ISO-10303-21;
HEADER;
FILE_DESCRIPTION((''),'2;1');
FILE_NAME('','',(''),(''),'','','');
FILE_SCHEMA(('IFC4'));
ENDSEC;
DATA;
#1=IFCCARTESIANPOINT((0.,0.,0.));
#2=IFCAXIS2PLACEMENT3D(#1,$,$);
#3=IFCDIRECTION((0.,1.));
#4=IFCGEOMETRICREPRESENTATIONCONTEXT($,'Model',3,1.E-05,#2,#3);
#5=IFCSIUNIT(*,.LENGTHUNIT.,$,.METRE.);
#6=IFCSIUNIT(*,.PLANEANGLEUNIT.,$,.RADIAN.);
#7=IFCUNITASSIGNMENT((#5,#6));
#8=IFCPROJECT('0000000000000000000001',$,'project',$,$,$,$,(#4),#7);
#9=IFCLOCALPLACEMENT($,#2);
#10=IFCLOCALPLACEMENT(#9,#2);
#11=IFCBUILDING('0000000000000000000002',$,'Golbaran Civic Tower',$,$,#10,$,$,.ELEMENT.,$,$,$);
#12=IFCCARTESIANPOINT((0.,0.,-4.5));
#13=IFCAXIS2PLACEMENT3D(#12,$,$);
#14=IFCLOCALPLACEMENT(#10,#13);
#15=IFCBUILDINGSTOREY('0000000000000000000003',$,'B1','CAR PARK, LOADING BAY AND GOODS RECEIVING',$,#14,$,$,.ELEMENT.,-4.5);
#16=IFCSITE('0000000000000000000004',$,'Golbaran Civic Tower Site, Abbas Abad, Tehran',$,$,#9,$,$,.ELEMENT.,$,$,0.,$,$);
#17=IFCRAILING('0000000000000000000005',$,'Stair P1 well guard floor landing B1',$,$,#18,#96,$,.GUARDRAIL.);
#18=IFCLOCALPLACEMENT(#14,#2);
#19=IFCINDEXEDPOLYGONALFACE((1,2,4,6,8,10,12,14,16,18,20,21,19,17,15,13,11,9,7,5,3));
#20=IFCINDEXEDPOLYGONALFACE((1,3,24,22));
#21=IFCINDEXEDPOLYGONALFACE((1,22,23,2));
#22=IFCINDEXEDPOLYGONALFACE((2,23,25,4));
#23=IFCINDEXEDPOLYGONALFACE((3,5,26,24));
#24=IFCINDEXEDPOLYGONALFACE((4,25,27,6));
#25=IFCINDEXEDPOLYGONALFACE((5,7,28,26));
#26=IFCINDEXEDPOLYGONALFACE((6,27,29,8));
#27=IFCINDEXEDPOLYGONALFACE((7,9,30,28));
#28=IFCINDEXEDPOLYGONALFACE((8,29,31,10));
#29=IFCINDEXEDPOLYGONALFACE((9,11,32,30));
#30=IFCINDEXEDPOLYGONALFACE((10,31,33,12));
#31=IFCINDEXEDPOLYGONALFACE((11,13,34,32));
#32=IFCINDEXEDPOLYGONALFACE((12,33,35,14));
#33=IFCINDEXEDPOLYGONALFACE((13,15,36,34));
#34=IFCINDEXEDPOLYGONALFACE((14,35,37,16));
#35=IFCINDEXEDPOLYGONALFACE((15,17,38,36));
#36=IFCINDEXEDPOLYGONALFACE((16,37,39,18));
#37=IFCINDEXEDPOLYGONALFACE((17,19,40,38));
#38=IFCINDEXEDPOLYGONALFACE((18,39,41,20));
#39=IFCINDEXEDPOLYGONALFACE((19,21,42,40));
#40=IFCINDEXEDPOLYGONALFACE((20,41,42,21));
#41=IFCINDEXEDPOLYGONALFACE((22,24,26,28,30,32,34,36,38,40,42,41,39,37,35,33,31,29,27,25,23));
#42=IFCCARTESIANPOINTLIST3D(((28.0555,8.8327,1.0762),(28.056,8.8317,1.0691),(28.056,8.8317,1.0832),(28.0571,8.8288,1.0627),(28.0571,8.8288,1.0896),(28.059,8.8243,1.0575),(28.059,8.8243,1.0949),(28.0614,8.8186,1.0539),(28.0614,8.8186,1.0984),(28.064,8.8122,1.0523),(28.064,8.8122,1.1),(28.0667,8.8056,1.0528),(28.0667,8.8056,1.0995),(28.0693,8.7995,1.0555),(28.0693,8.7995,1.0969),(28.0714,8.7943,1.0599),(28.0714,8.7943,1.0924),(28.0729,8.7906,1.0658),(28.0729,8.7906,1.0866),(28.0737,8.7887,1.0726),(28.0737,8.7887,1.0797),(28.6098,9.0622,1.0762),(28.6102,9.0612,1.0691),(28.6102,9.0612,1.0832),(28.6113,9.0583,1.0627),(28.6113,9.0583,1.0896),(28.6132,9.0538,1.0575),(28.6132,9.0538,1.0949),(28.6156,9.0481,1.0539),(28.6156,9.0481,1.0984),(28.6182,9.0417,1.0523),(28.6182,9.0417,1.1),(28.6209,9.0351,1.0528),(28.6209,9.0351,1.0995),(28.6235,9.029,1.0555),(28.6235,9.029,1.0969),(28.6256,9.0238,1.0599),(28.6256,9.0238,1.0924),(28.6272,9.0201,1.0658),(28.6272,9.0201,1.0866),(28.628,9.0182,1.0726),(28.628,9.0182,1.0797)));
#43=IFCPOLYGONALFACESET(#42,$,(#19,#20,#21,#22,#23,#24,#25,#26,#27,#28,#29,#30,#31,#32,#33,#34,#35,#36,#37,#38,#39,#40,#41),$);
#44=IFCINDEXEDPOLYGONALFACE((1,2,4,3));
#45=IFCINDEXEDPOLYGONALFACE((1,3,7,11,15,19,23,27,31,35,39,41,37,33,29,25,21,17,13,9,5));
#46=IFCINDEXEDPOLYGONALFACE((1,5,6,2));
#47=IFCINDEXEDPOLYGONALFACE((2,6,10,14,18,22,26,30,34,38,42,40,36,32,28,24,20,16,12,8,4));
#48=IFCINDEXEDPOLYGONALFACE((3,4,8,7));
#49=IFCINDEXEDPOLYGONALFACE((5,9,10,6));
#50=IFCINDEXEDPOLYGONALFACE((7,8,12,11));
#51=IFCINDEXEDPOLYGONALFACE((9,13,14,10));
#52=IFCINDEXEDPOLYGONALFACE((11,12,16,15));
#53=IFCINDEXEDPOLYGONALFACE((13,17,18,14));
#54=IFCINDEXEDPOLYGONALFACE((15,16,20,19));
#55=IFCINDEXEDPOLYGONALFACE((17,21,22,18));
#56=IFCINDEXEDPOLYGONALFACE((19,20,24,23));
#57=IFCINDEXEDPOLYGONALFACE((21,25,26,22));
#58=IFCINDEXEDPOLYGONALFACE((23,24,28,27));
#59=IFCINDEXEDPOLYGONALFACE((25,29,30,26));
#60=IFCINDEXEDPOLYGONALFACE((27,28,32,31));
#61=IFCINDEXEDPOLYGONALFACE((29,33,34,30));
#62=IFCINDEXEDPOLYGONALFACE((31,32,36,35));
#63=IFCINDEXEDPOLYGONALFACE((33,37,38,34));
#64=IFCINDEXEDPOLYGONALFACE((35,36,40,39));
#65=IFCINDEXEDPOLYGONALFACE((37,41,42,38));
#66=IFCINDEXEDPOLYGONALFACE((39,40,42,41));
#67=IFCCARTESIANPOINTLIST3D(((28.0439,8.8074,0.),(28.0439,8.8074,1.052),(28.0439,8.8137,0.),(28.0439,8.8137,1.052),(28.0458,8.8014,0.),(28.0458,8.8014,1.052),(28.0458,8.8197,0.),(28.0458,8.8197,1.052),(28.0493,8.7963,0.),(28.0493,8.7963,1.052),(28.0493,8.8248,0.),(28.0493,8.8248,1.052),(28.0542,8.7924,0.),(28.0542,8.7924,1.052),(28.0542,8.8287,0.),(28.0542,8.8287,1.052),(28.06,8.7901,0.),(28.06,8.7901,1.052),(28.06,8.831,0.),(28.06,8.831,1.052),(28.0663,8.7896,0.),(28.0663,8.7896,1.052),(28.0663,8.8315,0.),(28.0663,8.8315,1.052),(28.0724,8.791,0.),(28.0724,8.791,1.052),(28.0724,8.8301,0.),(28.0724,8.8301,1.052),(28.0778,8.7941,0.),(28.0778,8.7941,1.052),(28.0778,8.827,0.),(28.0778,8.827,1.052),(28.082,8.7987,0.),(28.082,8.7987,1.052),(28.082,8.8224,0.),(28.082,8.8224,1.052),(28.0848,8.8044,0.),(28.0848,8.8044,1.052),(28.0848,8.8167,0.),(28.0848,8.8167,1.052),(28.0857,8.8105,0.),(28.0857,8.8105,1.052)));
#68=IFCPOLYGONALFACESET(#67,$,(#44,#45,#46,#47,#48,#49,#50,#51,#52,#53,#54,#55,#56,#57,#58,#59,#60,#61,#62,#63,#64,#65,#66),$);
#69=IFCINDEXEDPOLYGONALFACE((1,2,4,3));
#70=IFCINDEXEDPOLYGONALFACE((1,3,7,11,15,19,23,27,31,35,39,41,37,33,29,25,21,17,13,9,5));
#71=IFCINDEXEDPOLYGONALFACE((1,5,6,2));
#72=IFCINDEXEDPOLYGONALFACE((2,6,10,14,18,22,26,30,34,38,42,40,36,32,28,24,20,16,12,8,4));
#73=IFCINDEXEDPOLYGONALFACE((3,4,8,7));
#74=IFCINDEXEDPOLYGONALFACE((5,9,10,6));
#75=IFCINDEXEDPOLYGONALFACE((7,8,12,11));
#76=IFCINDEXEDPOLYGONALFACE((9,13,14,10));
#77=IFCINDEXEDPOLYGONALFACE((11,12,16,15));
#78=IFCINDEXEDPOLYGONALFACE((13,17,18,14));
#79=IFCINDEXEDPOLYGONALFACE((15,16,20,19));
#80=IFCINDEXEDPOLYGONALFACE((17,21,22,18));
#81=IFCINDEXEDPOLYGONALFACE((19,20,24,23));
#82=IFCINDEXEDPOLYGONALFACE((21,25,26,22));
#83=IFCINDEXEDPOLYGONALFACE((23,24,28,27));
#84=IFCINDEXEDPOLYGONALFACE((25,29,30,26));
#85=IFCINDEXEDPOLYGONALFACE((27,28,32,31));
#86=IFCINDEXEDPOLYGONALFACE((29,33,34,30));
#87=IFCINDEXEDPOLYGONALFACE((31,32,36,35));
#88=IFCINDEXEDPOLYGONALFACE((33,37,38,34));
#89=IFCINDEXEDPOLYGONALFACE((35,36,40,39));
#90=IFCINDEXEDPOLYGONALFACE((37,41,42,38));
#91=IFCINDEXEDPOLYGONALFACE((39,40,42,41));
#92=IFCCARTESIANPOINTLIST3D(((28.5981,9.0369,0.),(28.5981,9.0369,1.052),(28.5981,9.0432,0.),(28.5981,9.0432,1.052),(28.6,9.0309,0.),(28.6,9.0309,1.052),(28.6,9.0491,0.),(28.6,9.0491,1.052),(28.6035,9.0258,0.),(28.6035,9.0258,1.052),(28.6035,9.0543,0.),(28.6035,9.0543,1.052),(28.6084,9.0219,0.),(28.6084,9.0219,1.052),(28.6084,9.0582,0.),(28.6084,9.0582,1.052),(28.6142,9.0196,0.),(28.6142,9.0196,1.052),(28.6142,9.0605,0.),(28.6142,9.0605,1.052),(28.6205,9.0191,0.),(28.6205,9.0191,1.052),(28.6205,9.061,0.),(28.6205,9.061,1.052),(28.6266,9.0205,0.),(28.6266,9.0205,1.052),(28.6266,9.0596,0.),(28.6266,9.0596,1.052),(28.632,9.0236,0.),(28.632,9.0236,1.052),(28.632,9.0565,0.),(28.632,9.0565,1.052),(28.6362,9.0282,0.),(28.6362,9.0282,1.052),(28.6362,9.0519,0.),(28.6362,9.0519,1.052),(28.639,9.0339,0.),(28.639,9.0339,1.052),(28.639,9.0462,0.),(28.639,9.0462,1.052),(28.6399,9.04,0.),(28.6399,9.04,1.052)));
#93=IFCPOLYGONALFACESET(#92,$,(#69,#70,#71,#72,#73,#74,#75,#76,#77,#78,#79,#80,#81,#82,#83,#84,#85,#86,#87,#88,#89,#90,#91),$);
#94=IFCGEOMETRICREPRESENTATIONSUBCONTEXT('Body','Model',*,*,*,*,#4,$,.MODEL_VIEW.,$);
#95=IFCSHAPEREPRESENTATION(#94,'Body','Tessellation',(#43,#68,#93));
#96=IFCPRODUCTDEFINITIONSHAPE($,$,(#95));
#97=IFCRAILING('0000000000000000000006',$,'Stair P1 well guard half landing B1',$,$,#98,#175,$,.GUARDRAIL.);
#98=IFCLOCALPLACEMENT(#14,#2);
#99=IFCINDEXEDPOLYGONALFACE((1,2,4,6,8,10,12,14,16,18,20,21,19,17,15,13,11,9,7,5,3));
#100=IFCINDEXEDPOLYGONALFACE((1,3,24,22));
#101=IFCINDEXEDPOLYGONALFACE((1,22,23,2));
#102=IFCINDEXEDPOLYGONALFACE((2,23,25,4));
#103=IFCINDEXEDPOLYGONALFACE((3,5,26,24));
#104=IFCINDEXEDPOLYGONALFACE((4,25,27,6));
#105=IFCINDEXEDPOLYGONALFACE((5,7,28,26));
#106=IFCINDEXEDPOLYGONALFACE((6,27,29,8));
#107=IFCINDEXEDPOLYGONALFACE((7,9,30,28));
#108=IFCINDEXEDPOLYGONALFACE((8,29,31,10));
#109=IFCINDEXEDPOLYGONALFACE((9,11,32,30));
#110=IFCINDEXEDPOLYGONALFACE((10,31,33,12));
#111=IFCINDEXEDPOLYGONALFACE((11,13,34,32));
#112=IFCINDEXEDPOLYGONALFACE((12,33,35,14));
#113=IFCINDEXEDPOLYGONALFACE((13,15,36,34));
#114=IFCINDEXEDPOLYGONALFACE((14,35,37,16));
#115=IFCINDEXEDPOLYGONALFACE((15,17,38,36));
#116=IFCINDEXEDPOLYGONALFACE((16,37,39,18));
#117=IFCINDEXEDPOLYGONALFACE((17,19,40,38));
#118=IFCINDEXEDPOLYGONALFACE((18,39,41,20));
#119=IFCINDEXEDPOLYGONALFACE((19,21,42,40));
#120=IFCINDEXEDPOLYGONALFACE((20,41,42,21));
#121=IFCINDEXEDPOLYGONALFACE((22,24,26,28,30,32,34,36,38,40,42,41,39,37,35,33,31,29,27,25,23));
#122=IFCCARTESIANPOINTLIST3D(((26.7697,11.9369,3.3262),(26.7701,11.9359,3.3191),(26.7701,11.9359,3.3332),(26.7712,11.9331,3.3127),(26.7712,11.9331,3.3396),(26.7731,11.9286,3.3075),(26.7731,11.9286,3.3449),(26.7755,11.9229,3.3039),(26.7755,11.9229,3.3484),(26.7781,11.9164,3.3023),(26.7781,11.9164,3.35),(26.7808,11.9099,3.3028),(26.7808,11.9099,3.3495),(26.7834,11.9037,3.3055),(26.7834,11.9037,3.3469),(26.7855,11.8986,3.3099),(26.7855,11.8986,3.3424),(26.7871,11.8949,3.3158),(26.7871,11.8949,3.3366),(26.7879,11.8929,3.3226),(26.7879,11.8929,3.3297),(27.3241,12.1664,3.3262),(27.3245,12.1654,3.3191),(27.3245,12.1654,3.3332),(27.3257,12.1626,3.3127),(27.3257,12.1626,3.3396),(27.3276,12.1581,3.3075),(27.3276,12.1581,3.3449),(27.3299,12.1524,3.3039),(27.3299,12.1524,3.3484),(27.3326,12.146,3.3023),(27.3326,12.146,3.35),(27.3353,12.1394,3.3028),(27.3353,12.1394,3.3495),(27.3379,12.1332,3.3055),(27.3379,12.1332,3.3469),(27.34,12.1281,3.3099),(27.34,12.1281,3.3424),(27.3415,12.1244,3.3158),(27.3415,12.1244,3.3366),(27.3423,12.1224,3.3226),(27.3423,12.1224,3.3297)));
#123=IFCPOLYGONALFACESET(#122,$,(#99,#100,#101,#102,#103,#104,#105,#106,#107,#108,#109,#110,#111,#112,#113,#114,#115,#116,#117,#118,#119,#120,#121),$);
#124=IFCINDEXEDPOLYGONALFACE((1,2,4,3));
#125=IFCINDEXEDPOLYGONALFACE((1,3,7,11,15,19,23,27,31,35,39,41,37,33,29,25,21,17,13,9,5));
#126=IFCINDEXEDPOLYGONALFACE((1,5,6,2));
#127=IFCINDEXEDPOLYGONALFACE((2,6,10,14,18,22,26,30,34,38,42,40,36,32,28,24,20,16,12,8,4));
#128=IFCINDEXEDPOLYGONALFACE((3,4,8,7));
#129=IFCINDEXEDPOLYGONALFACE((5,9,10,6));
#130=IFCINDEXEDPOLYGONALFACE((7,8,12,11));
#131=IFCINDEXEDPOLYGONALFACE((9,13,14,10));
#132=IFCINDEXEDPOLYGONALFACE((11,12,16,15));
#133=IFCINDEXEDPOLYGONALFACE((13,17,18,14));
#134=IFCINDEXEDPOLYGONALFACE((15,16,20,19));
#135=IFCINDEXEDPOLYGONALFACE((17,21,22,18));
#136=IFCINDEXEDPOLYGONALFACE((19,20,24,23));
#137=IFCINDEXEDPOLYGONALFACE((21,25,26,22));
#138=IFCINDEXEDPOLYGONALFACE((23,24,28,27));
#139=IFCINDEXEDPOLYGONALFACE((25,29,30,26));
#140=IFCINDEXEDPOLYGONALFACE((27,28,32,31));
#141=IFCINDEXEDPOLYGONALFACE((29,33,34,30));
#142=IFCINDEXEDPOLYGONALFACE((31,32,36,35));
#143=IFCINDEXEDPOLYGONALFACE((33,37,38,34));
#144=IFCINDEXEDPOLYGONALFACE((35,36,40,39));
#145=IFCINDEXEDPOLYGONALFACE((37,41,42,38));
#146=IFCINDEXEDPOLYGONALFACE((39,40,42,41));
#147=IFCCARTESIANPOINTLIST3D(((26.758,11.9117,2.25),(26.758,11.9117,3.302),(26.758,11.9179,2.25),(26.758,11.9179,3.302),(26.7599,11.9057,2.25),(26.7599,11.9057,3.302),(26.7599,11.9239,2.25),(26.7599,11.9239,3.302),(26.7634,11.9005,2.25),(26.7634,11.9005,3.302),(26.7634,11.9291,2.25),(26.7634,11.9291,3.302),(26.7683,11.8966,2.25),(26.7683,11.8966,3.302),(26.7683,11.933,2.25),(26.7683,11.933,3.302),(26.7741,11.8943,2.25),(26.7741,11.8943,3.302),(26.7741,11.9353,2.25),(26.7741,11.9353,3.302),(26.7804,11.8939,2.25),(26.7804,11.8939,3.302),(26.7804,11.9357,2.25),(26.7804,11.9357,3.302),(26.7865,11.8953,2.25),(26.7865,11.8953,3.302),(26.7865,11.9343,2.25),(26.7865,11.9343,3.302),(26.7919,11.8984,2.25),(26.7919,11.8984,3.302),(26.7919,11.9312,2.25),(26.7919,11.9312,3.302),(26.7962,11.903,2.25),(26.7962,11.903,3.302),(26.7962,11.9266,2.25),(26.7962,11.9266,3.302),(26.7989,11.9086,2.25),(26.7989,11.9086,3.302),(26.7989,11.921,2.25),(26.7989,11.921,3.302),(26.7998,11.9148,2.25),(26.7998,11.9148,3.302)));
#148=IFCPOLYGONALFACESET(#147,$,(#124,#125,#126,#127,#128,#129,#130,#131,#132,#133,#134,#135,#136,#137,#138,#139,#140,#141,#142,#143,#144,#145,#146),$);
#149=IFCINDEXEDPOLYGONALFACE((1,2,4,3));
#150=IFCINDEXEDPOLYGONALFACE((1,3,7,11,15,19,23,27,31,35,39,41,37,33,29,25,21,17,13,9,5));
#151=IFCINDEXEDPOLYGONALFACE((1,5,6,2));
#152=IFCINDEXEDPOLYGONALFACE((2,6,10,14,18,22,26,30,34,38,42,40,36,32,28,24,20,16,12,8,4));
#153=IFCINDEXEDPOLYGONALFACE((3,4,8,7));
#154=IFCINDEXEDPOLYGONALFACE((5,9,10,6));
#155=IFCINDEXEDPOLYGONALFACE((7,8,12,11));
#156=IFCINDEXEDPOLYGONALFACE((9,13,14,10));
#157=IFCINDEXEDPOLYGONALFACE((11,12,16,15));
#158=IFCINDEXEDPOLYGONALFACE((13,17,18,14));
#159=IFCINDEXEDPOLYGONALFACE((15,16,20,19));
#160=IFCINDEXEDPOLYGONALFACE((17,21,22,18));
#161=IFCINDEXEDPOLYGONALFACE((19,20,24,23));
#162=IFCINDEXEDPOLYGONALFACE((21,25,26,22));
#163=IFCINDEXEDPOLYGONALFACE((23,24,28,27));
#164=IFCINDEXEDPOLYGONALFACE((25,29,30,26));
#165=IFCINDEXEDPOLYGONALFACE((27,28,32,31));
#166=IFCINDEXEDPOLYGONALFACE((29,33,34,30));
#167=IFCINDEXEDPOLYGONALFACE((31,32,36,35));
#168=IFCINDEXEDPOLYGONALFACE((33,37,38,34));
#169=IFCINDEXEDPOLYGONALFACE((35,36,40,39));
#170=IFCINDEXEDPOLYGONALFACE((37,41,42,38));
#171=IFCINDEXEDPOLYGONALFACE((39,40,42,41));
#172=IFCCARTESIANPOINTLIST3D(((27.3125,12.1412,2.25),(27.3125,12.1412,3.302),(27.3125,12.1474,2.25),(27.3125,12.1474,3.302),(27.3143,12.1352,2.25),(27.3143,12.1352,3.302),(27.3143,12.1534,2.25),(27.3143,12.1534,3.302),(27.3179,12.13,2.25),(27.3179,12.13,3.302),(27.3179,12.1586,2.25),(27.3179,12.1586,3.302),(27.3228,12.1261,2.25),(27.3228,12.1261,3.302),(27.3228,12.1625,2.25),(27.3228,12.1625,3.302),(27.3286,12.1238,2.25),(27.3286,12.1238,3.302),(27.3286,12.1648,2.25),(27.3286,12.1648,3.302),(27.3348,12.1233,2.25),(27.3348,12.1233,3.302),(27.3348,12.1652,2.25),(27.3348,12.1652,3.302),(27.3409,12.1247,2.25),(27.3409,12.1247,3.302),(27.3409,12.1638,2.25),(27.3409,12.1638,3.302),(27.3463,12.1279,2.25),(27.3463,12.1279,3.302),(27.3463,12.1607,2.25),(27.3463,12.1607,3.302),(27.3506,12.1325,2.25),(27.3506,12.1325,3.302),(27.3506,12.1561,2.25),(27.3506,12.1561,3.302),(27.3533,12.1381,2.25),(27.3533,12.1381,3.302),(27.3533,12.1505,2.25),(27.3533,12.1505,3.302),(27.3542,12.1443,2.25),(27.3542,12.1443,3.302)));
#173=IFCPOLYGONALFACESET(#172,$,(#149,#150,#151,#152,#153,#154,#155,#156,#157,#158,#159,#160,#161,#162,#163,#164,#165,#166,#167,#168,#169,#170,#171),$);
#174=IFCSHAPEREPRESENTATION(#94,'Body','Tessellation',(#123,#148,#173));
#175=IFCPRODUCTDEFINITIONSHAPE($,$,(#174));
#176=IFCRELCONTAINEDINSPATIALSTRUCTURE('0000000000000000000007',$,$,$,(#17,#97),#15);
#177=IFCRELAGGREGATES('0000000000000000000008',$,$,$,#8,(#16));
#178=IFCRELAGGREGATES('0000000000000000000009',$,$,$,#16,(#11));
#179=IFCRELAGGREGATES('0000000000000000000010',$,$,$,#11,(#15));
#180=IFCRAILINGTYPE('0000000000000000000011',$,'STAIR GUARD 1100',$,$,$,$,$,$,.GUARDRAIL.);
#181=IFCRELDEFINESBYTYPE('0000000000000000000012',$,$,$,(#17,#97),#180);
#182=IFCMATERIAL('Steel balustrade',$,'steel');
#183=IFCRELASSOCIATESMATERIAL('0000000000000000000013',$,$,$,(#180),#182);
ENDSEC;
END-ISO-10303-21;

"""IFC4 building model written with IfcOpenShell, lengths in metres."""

from ifc_helpers import new_model, si_unit, direction, frame, origin, origin_2d, place, context, subcontext, project, spatial, circle, extrude, material, type_object, element, save


model = new_model("IFC4")

# Units and contexts
model_context = context("Model", 3, precision=1e-05, world=origin(), true_north=direction((0.0, 1.0)))
body_context = subcontext(model_context, "Body", "Model", "MODEL_VIEW")
ifc_project = project(units=[si_unit("LENGTHUNIT", "METRE"), si_unit("PLANEANGLEUNIT", "RADIAN")], contexts=[model_context])

# Site, building, storey
site_placement = place(None, origin())
site = spatial("IfcSite", under=ifc_project, at=site_placement, Name="Golbaran Civic Tower Site, Abbas Abad, Tehran", CompositionType="ELEMENT", RefElevation=0.0)
building_placement = place(site_placement, origin())
building = spatial("IfcBuilding", under=site, at=building_placement, Name="Golbaran Civic Tower", CompositionType="ELEMENT")
storey_placement = place(building_placement, frame((0.0, 0.0, -4.5)))
storey = spatial("IfcBuildingStorey", under=building, at=storey_placement, Name="B1", Description="CAR PARK, LOADING BAY AND GOODS RECEIVING", CompositionType="ELEMENT", Elevation=-4.5)

# Railings
ifc_material_1 = material(Name="Steel balustrade", Category="steel")
railing_type_1 = type_object("IfcRailingType", Name="STAIR GUARD 1100", PredefinedType="GUARDRAIL", material=ifc_material_1)
railing_1_placement = place(storey_placement, frame((28.0647, 8.8105, 0.0)))
element("IfcRailing", 1, at=railing_1_placement, inside=storey, type_object=railing_type_1, Name="Stair P1 well guard floor landing B1", PredefinedType="GUARDRAIL", context=body_context, shape_type="SweptSolid", body=[
    extrude(circle(Radius=0.0239, at=origin_2d()), frame((0.0, 0.0, 1.0762), z_axis=(0.923918, 0.382591, 0.0), x_axis=(-0.382591, 0.923918, 0.0)), (0.0, 0.0, 1.0), 0.5999),
    extrude(circle(Radius=0.021, at=origin_2d()), origin(), (0.0, 0.0, 1.0), 1.052),
    extrude(circle(Radius=0.021, at=origin_2d()), frame((0.5542, 0.2295, 0.0)), (0.0, 0.0, 1.0), 1.052),
])
railing_2_placement = place(storey_placement, frame((26.7788, 11.9148, 2.25)))
element("IfcRailing", 2, at=railing_2_placement, inside=storey, type_object=railing_type_1, Name="Stair P1 well guard half landing B1", PredefinedType="GUARDRAIL", context=body_context, shape_type="SweptSolid", body=[
    extrude(circle(Radius=0.0239, at=origin_2d()), frame((0.0, 0.0, 1.0762), z_axis=(0.923977, 0.382448, 0.0), x_axis=(-0.382448, 0.923977, 0.0)), (0.0, 0.0, 1.0), 0.6001),
    extrude(circle(Radius=0.021, at=origin_2d()), origin(), (0.0, 0.0, 1.0), 1.052),
    extrude(circle(Radius=0.021, at=origin_2d()), frame((0.5544, 0.2295, 0.0)), (0.0, 0.0, 1.0), 1.052),
])

save(model, "model.ifc")
